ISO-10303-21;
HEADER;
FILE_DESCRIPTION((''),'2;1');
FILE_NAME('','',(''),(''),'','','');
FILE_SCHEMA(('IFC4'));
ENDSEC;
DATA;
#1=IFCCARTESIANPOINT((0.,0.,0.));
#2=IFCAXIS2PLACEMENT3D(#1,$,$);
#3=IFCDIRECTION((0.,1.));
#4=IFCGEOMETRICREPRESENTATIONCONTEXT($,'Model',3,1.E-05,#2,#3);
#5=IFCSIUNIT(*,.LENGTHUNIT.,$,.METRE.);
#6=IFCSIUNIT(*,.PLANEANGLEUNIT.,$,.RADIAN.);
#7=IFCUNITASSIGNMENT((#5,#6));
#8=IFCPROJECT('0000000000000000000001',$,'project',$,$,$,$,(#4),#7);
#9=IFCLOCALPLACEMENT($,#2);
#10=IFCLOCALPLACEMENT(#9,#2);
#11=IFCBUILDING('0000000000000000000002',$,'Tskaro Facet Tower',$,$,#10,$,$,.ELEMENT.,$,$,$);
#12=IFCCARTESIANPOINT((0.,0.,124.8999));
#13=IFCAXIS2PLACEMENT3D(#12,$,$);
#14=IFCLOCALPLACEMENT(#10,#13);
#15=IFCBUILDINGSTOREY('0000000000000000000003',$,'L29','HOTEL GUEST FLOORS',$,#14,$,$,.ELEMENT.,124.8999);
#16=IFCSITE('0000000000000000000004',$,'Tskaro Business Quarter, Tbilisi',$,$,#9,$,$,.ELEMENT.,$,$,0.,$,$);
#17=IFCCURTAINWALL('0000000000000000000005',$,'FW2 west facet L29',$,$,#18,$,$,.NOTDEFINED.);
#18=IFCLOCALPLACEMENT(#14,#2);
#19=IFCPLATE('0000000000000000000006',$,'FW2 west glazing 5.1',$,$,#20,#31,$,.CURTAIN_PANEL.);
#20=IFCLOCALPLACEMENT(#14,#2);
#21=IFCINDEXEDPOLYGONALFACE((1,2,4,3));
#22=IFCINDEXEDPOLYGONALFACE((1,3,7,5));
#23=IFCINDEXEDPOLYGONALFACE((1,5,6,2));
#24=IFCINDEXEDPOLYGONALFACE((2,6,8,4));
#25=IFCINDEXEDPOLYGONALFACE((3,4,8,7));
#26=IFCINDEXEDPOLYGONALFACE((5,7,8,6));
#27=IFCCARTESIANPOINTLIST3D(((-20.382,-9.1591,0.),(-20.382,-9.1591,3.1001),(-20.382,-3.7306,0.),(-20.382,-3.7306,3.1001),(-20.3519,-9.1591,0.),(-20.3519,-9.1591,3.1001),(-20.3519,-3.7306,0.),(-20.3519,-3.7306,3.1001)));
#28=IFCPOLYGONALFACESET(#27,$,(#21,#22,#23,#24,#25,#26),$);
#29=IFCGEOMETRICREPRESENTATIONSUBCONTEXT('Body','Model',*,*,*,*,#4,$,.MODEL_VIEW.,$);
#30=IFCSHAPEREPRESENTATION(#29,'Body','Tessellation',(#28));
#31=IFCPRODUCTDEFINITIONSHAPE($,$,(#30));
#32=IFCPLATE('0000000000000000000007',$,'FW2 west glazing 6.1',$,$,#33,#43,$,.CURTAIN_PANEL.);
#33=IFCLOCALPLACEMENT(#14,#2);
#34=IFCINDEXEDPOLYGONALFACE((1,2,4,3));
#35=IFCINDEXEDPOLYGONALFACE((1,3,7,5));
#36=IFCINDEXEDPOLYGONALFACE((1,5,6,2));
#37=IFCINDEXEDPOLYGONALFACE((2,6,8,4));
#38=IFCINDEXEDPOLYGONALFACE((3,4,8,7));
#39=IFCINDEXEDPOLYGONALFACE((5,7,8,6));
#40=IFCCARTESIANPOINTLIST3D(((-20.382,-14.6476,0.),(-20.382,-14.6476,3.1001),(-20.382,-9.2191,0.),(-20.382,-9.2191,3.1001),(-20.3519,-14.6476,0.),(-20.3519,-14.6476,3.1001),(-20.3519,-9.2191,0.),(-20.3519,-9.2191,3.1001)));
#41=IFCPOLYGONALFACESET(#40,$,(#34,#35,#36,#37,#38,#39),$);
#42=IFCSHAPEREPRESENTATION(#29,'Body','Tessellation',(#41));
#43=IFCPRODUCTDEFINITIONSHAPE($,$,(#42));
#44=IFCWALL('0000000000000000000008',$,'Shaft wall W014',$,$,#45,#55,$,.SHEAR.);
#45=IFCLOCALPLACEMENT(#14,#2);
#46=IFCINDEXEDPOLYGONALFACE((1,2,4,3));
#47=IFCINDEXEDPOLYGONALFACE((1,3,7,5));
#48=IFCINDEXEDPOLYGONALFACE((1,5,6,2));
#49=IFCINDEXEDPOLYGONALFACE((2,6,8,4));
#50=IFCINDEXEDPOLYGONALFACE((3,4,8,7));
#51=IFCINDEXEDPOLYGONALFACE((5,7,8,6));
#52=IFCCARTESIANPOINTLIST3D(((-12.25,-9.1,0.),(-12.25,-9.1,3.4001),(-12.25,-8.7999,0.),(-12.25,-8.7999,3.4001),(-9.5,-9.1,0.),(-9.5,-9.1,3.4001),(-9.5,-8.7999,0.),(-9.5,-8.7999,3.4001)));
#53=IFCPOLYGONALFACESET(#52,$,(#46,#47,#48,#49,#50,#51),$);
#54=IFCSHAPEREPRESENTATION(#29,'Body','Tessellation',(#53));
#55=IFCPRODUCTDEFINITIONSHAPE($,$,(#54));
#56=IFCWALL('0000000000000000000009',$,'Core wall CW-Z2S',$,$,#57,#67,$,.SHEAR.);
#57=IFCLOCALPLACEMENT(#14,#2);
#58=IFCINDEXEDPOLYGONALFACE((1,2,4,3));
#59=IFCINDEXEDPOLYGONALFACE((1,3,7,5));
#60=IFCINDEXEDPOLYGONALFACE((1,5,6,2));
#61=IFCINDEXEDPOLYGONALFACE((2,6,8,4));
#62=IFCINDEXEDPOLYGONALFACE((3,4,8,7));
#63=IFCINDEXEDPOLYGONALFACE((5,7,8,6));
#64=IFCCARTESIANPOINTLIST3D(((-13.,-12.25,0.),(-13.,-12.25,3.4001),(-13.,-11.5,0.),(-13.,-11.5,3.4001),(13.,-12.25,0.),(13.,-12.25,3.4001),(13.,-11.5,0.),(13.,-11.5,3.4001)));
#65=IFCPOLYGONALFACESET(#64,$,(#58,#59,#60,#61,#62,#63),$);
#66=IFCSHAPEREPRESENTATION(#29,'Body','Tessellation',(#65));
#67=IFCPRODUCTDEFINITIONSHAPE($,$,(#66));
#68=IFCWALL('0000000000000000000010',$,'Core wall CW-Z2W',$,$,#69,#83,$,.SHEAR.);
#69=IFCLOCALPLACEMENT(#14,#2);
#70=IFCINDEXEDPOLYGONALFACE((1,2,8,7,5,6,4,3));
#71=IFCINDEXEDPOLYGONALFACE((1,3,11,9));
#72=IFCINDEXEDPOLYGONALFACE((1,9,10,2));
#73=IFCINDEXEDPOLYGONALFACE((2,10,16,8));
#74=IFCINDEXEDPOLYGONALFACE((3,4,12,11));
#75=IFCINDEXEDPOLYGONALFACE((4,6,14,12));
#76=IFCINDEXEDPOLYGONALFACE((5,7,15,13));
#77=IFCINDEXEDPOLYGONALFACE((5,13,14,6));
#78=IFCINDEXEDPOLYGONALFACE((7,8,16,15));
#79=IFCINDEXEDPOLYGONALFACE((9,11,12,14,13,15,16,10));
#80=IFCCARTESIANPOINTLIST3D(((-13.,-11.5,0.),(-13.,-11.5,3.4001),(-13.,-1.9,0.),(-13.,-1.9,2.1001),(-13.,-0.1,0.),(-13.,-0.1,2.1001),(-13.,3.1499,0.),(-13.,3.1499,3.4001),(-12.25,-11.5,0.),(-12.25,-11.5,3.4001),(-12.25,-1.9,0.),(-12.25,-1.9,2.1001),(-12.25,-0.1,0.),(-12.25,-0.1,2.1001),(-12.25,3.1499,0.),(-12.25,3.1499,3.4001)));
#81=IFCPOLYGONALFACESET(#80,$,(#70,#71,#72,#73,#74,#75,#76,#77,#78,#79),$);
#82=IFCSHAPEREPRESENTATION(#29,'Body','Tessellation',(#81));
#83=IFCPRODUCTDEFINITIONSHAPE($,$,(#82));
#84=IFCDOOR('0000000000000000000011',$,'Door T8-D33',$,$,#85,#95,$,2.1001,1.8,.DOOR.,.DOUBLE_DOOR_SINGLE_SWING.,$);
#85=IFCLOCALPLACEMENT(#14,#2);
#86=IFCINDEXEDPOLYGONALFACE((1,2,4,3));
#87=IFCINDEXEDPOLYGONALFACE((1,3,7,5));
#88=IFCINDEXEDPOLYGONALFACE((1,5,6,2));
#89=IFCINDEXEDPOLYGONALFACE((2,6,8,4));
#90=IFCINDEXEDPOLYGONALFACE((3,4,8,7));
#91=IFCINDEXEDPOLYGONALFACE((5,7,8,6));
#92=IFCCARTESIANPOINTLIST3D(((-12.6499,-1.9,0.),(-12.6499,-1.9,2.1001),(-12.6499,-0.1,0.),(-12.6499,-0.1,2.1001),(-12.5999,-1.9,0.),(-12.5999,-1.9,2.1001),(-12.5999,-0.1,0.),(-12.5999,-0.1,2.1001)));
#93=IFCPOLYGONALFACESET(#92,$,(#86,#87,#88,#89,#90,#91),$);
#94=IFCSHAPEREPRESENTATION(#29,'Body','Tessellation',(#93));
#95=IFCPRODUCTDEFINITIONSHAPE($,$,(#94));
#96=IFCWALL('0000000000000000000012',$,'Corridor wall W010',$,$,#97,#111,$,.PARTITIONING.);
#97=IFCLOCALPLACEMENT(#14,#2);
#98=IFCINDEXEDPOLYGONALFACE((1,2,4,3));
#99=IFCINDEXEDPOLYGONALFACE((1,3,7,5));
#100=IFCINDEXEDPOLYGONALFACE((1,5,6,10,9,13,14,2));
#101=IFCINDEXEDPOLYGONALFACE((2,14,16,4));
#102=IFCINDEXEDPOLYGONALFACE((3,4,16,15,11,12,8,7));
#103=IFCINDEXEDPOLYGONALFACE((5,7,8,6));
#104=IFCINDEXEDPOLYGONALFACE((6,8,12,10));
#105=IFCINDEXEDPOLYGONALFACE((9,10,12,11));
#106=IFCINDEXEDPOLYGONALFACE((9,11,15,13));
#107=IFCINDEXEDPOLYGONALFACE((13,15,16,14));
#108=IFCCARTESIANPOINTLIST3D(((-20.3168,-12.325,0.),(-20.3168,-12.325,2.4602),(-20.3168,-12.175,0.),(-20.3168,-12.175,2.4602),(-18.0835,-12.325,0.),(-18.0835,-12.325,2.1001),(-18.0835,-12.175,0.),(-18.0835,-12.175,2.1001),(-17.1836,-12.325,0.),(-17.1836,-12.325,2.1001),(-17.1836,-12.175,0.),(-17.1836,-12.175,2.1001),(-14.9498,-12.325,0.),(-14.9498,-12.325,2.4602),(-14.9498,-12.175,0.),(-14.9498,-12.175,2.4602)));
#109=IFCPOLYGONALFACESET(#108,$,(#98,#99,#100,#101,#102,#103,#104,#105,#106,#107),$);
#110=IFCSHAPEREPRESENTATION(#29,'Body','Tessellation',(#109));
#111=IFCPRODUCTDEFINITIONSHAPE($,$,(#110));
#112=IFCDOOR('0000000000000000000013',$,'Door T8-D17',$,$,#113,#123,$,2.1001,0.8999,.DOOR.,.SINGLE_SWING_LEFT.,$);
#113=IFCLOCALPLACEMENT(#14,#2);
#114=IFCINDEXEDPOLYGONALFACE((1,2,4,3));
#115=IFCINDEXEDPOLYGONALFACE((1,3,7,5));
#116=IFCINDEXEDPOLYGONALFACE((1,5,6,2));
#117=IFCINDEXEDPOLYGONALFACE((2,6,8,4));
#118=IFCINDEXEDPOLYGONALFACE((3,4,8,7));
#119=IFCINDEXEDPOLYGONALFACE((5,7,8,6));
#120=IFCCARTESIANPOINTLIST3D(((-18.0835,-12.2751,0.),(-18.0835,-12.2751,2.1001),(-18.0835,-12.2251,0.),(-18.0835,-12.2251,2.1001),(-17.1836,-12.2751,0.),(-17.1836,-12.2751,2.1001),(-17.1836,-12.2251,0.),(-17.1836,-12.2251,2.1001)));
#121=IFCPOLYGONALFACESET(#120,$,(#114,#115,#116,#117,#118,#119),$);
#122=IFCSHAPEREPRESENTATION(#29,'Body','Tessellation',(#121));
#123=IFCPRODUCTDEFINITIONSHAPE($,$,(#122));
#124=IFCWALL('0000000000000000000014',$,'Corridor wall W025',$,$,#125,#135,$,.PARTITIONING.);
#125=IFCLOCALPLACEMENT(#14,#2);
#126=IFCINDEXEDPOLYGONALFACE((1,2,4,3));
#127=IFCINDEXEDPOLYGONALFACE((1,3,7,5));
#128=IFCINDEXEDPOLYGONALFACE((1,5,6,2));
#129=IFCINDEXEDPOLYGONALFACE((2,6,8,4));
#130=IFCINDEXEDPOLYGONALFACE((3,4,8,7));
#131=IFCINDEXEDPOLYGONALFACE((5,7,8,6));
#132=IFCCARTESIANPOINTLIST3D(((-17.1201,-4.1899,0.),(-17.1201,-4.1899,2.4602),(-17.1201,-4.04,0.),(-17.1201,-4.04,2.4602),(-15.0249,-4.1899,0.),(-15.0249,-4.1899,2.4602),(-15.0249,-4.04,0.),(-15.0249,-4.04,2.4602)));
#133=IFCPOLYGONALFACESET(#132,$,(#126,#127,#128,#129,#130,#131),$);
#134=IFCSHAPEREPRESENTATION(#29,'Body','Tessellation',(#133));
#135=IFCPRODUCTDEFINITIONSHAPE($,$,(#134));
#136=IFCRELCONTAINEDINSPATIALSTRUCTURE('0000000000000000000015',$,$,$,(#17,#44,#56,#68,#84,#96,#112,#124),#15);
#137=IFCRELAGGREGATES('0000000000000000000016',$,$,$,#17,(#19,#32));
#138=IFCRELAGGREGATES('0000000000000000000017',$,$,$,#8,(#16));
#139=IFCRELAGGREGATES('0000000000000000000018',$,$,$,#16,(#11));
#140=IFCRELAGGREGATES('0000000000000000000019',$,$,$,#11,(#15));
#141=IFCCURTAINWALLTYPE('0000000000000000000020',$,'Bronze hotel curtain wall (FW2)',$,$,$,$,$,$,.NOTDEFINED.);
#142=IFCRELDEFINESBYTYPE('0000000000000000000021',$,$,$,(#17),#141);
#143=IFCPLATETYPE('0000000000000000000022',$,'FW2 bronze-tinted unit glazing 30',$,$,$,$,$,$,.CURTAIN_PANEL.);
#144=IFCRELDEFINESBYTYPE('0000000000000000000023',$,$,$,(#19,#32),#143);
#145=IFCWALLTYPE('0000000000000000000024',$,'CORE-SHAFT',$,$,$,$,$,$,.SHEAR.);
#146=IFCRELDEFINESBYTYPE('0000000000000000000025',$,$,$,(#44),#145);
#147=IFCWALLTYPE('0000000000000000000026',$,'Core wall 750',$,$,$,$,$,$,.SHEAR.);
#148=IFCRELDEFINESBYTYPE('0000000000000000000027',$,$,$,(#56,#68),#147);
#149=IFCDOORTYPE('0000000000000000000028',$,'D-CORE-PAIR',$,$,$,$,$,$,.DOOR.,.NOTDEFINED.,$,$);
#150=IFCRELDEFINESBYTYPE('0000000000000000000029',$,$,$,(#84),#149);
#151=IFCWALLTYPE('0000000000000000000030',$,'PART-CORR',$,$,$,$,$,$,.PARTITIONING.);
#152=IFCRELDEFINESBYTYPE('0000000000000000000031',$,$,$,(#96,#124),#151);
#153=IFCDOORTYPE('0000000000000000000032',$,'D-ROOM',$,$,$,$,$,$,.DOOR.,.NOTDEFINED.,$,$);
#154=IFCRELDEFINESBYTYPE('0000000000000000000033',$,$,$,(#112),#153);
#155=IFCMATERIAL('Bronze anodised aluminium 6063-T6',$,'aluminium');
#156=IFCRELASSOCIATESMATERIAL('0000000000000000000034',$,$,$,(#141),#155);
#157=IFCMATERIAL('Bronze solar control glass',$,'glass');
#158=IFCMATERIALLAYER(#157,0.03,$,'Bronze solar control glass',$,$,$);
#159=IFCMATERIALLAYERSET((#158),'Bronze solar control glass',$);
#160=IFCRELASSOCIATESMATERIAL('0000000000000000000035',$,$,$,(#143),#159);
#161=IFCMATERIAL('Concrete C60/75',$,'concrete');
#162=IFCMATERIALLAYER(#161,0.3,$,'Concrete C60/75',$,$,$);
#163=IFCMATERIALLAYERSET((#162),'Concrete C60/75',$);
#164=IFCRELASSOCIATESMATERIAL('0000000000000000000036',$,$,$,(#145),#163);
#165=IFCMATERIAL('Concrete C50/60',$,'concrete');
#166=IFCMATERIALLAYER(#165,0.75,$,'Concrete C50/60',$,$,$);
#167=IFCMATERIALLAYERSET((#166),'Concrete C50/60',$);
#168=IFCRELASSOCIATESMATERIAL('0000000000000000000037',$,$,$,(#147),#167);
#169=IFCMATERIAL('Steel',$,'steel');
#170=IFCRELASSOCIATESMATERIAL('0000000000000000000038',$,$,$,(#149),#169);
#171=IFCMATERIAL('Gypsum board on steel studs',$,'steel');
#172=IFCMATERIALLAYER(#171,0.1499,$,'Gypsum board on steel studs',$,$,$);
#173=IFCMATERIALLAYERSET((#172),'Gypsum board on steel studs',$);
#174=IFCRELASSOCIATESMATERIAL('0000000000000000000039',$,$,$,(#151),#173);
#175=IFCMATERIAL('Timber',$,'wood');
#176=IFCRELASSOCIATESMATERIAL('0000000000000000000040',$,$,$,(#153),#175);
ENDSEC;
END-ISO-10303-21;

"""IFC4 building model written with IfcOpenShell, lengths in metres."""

from ifc_helpers import new_model, si_unit, direction, frame, frame_2d, origin, origin_2d, place, context, subcontext, project, spatial, rectangle, extrude, material, layer, layer_set, type_object, element, fill, aggregate, save


model = new_model("IFC4")

# Units and contexts
model_context = context("Model", 3, precision=1e-05, world=origin(), true_north=direction((0.0, 1.0)))
body_context = subcontext(model_context, "Body", "Model", "MODEL_VIEW")
ifc_project = project(units=[si_unit("LENGTHUNIT", "METRE"), si_unit("PLANEANGLEUNIT", "RADIAN")], contexts=[model_context])

# Site, building, storey
site_placement = place(None, origin())
site = spatial("IfcSite", under=ifc_project, at=site_placement, Name="Tskaro Business Quarter, Tbilisi", CompositionType="ELEMENT", RefElevation=0.0)
building_placement = place(site_placement, origin())
building = spatial("IfcBuilding", under=site, at=building_placement, Name="Tskaro Facet Tower", CompositionType="ELEMENT")
storey_placement = place(building_placement, frame((0.0, 0.0, 124.8999)))
storey = spatial("IfcBuildingStorey", under=building, at=storey_placement, Name="L29", Description="HOTEL GUEST FLOORS", CompositionType="ELEMENT", Elevation=124.8999)

# Curtain wall
ifc_material_1 = material(Name="Bronze anodised aluminium 6063-T6", Category="aluminium")
curtain_wall_type = type_object("IfcCurtainWallType", Name="Bronze hotel curtain wall (FW2)", PredefinedType="NOTDEFINED", material=ifc_material_1)
curtain_wall_placement = place(storey_placement, origin())
curtain_wall = element("IfcCurtainWall", 1, at=curtain_wall_placement, inside=storey, type_object=curtain_wall_type, Name="FW2 west facet L29", PredefinedType="NOTDEFINED")

# Plates
ifc_material_2 = material(Name="Bronze solar control glass", Category="glass")
ifc_layer_1 = layer(ifc_material_2, 0.03, Name="Bronze solar control glass")
ifc_layer_set_1 = layer_set([ifc_layer_1], Name="Bronze solar control glass")
plate_type = type_object("IfcPlateType", Name="FW2 bronze-tinted unit glazing 30", PredefinedType="CURTAIN_PANEL", material=ifc_layer_set_1)
plate_1_placement = place(storey_placement, frame((-20.3669, -6.4448, 0.0), z_axis=(0.0, 0.0, 1.0), x_axis=(0.0, -1.0, 0.0)))
plate_1 = element("IfcPlate", 2, at=plate_1_placement, type_object=plate_type, Name="FW2 west glazing 5.1", PredefinedType="CURTAIN_PANEL", context=body_context, shape_type="SweptSolid", body=[
    extrude(rectangle(XDim=5.4285, YDim=0.03, at=origin_2d()), origin(), (0.0, 0.0, 1.0), 3.1001),
])
plate_2_placement = place(storey_placement, frame((-20.3669, -11.9333, 0.0), z_axis=(0.0, 0.0, 1.0), x_axis=(0.0, -1.0, 0.0)))
plate_2 = element("IfcPlate", 3, at=plate_2_placement, type_object=plate_type, Name="FW2 west glazing 6.1", PredefinedType="CURTAIN_PANEL", context=body_context, shape_type="SweptSolid", body=[
    extrude(rectangle(XDim=5.4285, YDim=0.03, at=origin_2d()), origin(), (0.0, 0.0, 1.0), 3.1001),
])
aggregate(curtain_wall, [plate_1, plate_2])

# Walls
ifc_material_3 = material(Name="Concrete C60/75", Category="concrete")
ifc_layer_2 = layer(ifc_material_3, 0.3, Name="Concrete C60/75")
ifc_layer_set_2 = layer_set([ifc_layer_2], Name="Concrete C60/75")
wall_type_1 = type_object("IfcWallType", Name="CORE-SHAFT", PredefinedType="SHEAR", material=ifc_layer_set_2)
wall_1_placement = place(storey_placement, frame((-12.25, -8.95, 0.0), z_axis=(0.0, 0.0, 1.0), x_axis=(1.0, 0.0, 0.0)))
element("IfcWall", 4, at=wall_1_placement, inside=storey, type_object=wall_type_1, Name="Shaft wall W014", PredefinedType="SHEAR", context=body_context, shape_type="SweptSolid", body=[
    extrude(rectangle(XDim=2.75, YDim=0.3, at=frame_2d((1.375, 0.0))), origin(), (0.0, 0.0, 1.0), 3.4001),
])
ifc_material_4 = material(Name="Concrete C50/60", Category="concrete")
ifc_layer_3 = layer(ifc_material_4, 0.75, Name="Concrete C50/60")
ifc_layer_set_3 = layer_set([ifc_layer_3], Name="Concrete C50/60")
wall_type_2 = type_object("IfcWallType", Name="Core wall 750", PredefinedType="SHEAR", material=ifc_layer_set_3)
wall_2_placement = place(storey_placement, frame((-13.0, -11.875, 0.0), z_axis=(0.0, 0.0, 1.0), x_axis=(1.0, 0.0, 0.0)))
element("IfcWall", 5, at=wall_2_placement, inside=storey, type_object=wall_type_2, Name="Core wall CW-Z2S", PredefinedType="SHEAR", context=body_context, shape_type="SweptSolid", body=[
    extrude(rectangle(XDim=26.0, YDim=0.75, at=frame_2d((13.0, 0.0))), origin(), (0.0, 0.0, 1.0), 3.4001),
])

# Walls, openings, doors
wall_3_placement = place(storey_placement, frame((-12.625, -11.5, 0.0), z_axis=(0.0, 0.0, 1.0), x_axis=(0.0, 1.0, 0.0)))
wall_3 = element("IfcWall", 6, at=wall_3_placement, inside=storey, type_object=wall_type_2, Name="Core wall CW-Z2W", PredefinedType="SHEAR", context=body_context, shape_type="SweptSolid", body=[
    extrude(rectangle(XDim=14.6499, YDim=0.75, at=frame_2d((7.325, 0.0))), origin(), (0.0, 0.0, 1.0), 3.4001),
])
opening_1_placement = place(wall_3_placement, frame((9.6001, 0.0, 0.0)))
opening_1 = element("IfcOpeningElement", 7, at=opening_1_placement, cuts=wall_3, PredefinedType="OPENING", context=body_context, shape_type="SweptSolid", body=[
    extrude(rectangle(XDim=1.8, YDim=2.1001, at=frame_2d((0.8999, 1.05))), frame((0.0, 0.385, 0.0), z_axis=(0.0, -1.0, 0.0), x_axis=(1.0, 0.0, 0.0)), (0.0, 0.0, 1.0), 0.77),
])
ifc_material_5 = material(Name="Steel", Category="steel")
door_type_1 = type_object("IfcDoorType", Name="D-CORE-PAIR", OperationType="NOTDEFINED", PredefinedType="DOOR", material=ifc_material_5)
door_1_placement = place(opening_1_placement, origin())
door_1 = element("IfcDoor", 8, at=door_1_placement, inside=storey, type_object=door_type_1, Name="Door T8-D33", OperationType="DOUBLE_DOOR_SINGLE_SWING", OverallHeight=2.1001, OverallWidth=1.8, PredefinedType="DOOR", context=body_context, shape_type="SweptSolid", body=[
    extrude(rectangle(XDim=1.8, YDim=2.1001, at=frame_2d((0.8999, 1.05))), frame((0.0, 0.0249, 0.0), z_axis=(0.0, -1.0, 0.0), x_axis=(1.0, 0.0, 0.0)), (0.0, 0.0, 1.0), 0.05),
])
fill(opening_1, door_1)
ifc_material_6 = material(Name="Gypsum board on steel studs", Category="steel")
ifc_layer_4 = layer(ifc_material_6, 0.1499, Name="Gypsum board on steel studs")
ifc_layer_set_4 = layer_set([ifc_layer_4], Name="Gypsum board on steel studs")
wall_type_3 = type_object("IfcWallType", Name="PART-CORR", PredefinedType="PARTITIONING", material=ifc_layer_set_4)
wall_4_placement = place(storey_placement, frame((-20.3169, -12.25, 0.0), z_axis=(0.0, 0.0, 1.0), x_axis=(1.0, 0.0, 0.0)))
wall_4 = element("IfcWall", 9, at=wall_4_placement, inside=storey, type_object=wall_type_3, Name="Corridor wall W010", PredefinedType="PARTITIONING", context=body_context, shape_type="SweptSolid", body=[
    extrude(rectangle(XDim=5.3669, YDim=0.1499, at=frame_2d((2.6836, 0.0))), origin(), (0.0, 0.0, 1.0), 2.4602),
])
opening_2_placement = place(wall_4_placement, frame((2.2334, 0.0, 0.0)))
opening_2 = element("IfcOpeningElement", 10, at=opening_2_placement, cuts=wall_4, PredefinedType="OPENING", context=body_context, shape_type="SweptSolid", body=[
    extrude(rectangle(XDim=0.8999, YDim=2.1001, at=frame_2d((0.45, 1.05))), frame((0.0, 0.085, 0.0), z_axis=(0.0, -1.0, 0.0), x_axis=(1.0, 0.0, 0.0)), (0.0, 0.0, 1.0), 0.1699),
])
ifc_material_7 = material(Name="Timber", Category="wood")
door_type_2 = type_object("IfcDoorType", Name="D-ROOM", OperationType="NOTDEFINED", PredefinedType="DOOR", material=ifc_material_7)
door_2_placement = place(opening_2_placement, origin())
door_2 = element("IfcDoor", 11, at=door_2_placement, inside=storey, type_object=door_type_2, Name="Door T8-D17", OperationType="SINGLE_SWING_LEFT", OverallHeight=2.1001, OverallWidth=0.8999, PredefinedType="DOOR", context=body_context, shape_type="SweptSolid", body=[
    extrude(rectangle(XDim=0.8999, YDim=2.1001, at=frame_2d((0.45, 1.05))), frame((0.0, 0.0249, 0.0), z_axis=(0.0, -1.0, 0.0), x_axis=(1.0, 0.0, 0.0)), (0.0, 0.0, 1.0), 0.05),
])
fill(opening_2, door_2)

# Wall
wall_5_placement = place(storey_placement, frame((-17.1201, -4.115, 0.0), z_axis=(0.0, 0.0, 1.0), x_axis=(1.0, 0.0, 0.0)))
element("IfcWall", 12, at=wall_5_placement, inside=storey, type_object=wall_type_3, Name="Corridor wall W025", PredefinedType="PARTITIONING", context=body_context, shape_type="SweptSolid", body=[
    extrude(rectangle(XDim=2.0952, YDim=0.1499, at=frame_2d((1.0476, 0.0))), origin(), (0.0, 0.0, 1.0), 2.4602),
])

save(model, "model.ifc")
